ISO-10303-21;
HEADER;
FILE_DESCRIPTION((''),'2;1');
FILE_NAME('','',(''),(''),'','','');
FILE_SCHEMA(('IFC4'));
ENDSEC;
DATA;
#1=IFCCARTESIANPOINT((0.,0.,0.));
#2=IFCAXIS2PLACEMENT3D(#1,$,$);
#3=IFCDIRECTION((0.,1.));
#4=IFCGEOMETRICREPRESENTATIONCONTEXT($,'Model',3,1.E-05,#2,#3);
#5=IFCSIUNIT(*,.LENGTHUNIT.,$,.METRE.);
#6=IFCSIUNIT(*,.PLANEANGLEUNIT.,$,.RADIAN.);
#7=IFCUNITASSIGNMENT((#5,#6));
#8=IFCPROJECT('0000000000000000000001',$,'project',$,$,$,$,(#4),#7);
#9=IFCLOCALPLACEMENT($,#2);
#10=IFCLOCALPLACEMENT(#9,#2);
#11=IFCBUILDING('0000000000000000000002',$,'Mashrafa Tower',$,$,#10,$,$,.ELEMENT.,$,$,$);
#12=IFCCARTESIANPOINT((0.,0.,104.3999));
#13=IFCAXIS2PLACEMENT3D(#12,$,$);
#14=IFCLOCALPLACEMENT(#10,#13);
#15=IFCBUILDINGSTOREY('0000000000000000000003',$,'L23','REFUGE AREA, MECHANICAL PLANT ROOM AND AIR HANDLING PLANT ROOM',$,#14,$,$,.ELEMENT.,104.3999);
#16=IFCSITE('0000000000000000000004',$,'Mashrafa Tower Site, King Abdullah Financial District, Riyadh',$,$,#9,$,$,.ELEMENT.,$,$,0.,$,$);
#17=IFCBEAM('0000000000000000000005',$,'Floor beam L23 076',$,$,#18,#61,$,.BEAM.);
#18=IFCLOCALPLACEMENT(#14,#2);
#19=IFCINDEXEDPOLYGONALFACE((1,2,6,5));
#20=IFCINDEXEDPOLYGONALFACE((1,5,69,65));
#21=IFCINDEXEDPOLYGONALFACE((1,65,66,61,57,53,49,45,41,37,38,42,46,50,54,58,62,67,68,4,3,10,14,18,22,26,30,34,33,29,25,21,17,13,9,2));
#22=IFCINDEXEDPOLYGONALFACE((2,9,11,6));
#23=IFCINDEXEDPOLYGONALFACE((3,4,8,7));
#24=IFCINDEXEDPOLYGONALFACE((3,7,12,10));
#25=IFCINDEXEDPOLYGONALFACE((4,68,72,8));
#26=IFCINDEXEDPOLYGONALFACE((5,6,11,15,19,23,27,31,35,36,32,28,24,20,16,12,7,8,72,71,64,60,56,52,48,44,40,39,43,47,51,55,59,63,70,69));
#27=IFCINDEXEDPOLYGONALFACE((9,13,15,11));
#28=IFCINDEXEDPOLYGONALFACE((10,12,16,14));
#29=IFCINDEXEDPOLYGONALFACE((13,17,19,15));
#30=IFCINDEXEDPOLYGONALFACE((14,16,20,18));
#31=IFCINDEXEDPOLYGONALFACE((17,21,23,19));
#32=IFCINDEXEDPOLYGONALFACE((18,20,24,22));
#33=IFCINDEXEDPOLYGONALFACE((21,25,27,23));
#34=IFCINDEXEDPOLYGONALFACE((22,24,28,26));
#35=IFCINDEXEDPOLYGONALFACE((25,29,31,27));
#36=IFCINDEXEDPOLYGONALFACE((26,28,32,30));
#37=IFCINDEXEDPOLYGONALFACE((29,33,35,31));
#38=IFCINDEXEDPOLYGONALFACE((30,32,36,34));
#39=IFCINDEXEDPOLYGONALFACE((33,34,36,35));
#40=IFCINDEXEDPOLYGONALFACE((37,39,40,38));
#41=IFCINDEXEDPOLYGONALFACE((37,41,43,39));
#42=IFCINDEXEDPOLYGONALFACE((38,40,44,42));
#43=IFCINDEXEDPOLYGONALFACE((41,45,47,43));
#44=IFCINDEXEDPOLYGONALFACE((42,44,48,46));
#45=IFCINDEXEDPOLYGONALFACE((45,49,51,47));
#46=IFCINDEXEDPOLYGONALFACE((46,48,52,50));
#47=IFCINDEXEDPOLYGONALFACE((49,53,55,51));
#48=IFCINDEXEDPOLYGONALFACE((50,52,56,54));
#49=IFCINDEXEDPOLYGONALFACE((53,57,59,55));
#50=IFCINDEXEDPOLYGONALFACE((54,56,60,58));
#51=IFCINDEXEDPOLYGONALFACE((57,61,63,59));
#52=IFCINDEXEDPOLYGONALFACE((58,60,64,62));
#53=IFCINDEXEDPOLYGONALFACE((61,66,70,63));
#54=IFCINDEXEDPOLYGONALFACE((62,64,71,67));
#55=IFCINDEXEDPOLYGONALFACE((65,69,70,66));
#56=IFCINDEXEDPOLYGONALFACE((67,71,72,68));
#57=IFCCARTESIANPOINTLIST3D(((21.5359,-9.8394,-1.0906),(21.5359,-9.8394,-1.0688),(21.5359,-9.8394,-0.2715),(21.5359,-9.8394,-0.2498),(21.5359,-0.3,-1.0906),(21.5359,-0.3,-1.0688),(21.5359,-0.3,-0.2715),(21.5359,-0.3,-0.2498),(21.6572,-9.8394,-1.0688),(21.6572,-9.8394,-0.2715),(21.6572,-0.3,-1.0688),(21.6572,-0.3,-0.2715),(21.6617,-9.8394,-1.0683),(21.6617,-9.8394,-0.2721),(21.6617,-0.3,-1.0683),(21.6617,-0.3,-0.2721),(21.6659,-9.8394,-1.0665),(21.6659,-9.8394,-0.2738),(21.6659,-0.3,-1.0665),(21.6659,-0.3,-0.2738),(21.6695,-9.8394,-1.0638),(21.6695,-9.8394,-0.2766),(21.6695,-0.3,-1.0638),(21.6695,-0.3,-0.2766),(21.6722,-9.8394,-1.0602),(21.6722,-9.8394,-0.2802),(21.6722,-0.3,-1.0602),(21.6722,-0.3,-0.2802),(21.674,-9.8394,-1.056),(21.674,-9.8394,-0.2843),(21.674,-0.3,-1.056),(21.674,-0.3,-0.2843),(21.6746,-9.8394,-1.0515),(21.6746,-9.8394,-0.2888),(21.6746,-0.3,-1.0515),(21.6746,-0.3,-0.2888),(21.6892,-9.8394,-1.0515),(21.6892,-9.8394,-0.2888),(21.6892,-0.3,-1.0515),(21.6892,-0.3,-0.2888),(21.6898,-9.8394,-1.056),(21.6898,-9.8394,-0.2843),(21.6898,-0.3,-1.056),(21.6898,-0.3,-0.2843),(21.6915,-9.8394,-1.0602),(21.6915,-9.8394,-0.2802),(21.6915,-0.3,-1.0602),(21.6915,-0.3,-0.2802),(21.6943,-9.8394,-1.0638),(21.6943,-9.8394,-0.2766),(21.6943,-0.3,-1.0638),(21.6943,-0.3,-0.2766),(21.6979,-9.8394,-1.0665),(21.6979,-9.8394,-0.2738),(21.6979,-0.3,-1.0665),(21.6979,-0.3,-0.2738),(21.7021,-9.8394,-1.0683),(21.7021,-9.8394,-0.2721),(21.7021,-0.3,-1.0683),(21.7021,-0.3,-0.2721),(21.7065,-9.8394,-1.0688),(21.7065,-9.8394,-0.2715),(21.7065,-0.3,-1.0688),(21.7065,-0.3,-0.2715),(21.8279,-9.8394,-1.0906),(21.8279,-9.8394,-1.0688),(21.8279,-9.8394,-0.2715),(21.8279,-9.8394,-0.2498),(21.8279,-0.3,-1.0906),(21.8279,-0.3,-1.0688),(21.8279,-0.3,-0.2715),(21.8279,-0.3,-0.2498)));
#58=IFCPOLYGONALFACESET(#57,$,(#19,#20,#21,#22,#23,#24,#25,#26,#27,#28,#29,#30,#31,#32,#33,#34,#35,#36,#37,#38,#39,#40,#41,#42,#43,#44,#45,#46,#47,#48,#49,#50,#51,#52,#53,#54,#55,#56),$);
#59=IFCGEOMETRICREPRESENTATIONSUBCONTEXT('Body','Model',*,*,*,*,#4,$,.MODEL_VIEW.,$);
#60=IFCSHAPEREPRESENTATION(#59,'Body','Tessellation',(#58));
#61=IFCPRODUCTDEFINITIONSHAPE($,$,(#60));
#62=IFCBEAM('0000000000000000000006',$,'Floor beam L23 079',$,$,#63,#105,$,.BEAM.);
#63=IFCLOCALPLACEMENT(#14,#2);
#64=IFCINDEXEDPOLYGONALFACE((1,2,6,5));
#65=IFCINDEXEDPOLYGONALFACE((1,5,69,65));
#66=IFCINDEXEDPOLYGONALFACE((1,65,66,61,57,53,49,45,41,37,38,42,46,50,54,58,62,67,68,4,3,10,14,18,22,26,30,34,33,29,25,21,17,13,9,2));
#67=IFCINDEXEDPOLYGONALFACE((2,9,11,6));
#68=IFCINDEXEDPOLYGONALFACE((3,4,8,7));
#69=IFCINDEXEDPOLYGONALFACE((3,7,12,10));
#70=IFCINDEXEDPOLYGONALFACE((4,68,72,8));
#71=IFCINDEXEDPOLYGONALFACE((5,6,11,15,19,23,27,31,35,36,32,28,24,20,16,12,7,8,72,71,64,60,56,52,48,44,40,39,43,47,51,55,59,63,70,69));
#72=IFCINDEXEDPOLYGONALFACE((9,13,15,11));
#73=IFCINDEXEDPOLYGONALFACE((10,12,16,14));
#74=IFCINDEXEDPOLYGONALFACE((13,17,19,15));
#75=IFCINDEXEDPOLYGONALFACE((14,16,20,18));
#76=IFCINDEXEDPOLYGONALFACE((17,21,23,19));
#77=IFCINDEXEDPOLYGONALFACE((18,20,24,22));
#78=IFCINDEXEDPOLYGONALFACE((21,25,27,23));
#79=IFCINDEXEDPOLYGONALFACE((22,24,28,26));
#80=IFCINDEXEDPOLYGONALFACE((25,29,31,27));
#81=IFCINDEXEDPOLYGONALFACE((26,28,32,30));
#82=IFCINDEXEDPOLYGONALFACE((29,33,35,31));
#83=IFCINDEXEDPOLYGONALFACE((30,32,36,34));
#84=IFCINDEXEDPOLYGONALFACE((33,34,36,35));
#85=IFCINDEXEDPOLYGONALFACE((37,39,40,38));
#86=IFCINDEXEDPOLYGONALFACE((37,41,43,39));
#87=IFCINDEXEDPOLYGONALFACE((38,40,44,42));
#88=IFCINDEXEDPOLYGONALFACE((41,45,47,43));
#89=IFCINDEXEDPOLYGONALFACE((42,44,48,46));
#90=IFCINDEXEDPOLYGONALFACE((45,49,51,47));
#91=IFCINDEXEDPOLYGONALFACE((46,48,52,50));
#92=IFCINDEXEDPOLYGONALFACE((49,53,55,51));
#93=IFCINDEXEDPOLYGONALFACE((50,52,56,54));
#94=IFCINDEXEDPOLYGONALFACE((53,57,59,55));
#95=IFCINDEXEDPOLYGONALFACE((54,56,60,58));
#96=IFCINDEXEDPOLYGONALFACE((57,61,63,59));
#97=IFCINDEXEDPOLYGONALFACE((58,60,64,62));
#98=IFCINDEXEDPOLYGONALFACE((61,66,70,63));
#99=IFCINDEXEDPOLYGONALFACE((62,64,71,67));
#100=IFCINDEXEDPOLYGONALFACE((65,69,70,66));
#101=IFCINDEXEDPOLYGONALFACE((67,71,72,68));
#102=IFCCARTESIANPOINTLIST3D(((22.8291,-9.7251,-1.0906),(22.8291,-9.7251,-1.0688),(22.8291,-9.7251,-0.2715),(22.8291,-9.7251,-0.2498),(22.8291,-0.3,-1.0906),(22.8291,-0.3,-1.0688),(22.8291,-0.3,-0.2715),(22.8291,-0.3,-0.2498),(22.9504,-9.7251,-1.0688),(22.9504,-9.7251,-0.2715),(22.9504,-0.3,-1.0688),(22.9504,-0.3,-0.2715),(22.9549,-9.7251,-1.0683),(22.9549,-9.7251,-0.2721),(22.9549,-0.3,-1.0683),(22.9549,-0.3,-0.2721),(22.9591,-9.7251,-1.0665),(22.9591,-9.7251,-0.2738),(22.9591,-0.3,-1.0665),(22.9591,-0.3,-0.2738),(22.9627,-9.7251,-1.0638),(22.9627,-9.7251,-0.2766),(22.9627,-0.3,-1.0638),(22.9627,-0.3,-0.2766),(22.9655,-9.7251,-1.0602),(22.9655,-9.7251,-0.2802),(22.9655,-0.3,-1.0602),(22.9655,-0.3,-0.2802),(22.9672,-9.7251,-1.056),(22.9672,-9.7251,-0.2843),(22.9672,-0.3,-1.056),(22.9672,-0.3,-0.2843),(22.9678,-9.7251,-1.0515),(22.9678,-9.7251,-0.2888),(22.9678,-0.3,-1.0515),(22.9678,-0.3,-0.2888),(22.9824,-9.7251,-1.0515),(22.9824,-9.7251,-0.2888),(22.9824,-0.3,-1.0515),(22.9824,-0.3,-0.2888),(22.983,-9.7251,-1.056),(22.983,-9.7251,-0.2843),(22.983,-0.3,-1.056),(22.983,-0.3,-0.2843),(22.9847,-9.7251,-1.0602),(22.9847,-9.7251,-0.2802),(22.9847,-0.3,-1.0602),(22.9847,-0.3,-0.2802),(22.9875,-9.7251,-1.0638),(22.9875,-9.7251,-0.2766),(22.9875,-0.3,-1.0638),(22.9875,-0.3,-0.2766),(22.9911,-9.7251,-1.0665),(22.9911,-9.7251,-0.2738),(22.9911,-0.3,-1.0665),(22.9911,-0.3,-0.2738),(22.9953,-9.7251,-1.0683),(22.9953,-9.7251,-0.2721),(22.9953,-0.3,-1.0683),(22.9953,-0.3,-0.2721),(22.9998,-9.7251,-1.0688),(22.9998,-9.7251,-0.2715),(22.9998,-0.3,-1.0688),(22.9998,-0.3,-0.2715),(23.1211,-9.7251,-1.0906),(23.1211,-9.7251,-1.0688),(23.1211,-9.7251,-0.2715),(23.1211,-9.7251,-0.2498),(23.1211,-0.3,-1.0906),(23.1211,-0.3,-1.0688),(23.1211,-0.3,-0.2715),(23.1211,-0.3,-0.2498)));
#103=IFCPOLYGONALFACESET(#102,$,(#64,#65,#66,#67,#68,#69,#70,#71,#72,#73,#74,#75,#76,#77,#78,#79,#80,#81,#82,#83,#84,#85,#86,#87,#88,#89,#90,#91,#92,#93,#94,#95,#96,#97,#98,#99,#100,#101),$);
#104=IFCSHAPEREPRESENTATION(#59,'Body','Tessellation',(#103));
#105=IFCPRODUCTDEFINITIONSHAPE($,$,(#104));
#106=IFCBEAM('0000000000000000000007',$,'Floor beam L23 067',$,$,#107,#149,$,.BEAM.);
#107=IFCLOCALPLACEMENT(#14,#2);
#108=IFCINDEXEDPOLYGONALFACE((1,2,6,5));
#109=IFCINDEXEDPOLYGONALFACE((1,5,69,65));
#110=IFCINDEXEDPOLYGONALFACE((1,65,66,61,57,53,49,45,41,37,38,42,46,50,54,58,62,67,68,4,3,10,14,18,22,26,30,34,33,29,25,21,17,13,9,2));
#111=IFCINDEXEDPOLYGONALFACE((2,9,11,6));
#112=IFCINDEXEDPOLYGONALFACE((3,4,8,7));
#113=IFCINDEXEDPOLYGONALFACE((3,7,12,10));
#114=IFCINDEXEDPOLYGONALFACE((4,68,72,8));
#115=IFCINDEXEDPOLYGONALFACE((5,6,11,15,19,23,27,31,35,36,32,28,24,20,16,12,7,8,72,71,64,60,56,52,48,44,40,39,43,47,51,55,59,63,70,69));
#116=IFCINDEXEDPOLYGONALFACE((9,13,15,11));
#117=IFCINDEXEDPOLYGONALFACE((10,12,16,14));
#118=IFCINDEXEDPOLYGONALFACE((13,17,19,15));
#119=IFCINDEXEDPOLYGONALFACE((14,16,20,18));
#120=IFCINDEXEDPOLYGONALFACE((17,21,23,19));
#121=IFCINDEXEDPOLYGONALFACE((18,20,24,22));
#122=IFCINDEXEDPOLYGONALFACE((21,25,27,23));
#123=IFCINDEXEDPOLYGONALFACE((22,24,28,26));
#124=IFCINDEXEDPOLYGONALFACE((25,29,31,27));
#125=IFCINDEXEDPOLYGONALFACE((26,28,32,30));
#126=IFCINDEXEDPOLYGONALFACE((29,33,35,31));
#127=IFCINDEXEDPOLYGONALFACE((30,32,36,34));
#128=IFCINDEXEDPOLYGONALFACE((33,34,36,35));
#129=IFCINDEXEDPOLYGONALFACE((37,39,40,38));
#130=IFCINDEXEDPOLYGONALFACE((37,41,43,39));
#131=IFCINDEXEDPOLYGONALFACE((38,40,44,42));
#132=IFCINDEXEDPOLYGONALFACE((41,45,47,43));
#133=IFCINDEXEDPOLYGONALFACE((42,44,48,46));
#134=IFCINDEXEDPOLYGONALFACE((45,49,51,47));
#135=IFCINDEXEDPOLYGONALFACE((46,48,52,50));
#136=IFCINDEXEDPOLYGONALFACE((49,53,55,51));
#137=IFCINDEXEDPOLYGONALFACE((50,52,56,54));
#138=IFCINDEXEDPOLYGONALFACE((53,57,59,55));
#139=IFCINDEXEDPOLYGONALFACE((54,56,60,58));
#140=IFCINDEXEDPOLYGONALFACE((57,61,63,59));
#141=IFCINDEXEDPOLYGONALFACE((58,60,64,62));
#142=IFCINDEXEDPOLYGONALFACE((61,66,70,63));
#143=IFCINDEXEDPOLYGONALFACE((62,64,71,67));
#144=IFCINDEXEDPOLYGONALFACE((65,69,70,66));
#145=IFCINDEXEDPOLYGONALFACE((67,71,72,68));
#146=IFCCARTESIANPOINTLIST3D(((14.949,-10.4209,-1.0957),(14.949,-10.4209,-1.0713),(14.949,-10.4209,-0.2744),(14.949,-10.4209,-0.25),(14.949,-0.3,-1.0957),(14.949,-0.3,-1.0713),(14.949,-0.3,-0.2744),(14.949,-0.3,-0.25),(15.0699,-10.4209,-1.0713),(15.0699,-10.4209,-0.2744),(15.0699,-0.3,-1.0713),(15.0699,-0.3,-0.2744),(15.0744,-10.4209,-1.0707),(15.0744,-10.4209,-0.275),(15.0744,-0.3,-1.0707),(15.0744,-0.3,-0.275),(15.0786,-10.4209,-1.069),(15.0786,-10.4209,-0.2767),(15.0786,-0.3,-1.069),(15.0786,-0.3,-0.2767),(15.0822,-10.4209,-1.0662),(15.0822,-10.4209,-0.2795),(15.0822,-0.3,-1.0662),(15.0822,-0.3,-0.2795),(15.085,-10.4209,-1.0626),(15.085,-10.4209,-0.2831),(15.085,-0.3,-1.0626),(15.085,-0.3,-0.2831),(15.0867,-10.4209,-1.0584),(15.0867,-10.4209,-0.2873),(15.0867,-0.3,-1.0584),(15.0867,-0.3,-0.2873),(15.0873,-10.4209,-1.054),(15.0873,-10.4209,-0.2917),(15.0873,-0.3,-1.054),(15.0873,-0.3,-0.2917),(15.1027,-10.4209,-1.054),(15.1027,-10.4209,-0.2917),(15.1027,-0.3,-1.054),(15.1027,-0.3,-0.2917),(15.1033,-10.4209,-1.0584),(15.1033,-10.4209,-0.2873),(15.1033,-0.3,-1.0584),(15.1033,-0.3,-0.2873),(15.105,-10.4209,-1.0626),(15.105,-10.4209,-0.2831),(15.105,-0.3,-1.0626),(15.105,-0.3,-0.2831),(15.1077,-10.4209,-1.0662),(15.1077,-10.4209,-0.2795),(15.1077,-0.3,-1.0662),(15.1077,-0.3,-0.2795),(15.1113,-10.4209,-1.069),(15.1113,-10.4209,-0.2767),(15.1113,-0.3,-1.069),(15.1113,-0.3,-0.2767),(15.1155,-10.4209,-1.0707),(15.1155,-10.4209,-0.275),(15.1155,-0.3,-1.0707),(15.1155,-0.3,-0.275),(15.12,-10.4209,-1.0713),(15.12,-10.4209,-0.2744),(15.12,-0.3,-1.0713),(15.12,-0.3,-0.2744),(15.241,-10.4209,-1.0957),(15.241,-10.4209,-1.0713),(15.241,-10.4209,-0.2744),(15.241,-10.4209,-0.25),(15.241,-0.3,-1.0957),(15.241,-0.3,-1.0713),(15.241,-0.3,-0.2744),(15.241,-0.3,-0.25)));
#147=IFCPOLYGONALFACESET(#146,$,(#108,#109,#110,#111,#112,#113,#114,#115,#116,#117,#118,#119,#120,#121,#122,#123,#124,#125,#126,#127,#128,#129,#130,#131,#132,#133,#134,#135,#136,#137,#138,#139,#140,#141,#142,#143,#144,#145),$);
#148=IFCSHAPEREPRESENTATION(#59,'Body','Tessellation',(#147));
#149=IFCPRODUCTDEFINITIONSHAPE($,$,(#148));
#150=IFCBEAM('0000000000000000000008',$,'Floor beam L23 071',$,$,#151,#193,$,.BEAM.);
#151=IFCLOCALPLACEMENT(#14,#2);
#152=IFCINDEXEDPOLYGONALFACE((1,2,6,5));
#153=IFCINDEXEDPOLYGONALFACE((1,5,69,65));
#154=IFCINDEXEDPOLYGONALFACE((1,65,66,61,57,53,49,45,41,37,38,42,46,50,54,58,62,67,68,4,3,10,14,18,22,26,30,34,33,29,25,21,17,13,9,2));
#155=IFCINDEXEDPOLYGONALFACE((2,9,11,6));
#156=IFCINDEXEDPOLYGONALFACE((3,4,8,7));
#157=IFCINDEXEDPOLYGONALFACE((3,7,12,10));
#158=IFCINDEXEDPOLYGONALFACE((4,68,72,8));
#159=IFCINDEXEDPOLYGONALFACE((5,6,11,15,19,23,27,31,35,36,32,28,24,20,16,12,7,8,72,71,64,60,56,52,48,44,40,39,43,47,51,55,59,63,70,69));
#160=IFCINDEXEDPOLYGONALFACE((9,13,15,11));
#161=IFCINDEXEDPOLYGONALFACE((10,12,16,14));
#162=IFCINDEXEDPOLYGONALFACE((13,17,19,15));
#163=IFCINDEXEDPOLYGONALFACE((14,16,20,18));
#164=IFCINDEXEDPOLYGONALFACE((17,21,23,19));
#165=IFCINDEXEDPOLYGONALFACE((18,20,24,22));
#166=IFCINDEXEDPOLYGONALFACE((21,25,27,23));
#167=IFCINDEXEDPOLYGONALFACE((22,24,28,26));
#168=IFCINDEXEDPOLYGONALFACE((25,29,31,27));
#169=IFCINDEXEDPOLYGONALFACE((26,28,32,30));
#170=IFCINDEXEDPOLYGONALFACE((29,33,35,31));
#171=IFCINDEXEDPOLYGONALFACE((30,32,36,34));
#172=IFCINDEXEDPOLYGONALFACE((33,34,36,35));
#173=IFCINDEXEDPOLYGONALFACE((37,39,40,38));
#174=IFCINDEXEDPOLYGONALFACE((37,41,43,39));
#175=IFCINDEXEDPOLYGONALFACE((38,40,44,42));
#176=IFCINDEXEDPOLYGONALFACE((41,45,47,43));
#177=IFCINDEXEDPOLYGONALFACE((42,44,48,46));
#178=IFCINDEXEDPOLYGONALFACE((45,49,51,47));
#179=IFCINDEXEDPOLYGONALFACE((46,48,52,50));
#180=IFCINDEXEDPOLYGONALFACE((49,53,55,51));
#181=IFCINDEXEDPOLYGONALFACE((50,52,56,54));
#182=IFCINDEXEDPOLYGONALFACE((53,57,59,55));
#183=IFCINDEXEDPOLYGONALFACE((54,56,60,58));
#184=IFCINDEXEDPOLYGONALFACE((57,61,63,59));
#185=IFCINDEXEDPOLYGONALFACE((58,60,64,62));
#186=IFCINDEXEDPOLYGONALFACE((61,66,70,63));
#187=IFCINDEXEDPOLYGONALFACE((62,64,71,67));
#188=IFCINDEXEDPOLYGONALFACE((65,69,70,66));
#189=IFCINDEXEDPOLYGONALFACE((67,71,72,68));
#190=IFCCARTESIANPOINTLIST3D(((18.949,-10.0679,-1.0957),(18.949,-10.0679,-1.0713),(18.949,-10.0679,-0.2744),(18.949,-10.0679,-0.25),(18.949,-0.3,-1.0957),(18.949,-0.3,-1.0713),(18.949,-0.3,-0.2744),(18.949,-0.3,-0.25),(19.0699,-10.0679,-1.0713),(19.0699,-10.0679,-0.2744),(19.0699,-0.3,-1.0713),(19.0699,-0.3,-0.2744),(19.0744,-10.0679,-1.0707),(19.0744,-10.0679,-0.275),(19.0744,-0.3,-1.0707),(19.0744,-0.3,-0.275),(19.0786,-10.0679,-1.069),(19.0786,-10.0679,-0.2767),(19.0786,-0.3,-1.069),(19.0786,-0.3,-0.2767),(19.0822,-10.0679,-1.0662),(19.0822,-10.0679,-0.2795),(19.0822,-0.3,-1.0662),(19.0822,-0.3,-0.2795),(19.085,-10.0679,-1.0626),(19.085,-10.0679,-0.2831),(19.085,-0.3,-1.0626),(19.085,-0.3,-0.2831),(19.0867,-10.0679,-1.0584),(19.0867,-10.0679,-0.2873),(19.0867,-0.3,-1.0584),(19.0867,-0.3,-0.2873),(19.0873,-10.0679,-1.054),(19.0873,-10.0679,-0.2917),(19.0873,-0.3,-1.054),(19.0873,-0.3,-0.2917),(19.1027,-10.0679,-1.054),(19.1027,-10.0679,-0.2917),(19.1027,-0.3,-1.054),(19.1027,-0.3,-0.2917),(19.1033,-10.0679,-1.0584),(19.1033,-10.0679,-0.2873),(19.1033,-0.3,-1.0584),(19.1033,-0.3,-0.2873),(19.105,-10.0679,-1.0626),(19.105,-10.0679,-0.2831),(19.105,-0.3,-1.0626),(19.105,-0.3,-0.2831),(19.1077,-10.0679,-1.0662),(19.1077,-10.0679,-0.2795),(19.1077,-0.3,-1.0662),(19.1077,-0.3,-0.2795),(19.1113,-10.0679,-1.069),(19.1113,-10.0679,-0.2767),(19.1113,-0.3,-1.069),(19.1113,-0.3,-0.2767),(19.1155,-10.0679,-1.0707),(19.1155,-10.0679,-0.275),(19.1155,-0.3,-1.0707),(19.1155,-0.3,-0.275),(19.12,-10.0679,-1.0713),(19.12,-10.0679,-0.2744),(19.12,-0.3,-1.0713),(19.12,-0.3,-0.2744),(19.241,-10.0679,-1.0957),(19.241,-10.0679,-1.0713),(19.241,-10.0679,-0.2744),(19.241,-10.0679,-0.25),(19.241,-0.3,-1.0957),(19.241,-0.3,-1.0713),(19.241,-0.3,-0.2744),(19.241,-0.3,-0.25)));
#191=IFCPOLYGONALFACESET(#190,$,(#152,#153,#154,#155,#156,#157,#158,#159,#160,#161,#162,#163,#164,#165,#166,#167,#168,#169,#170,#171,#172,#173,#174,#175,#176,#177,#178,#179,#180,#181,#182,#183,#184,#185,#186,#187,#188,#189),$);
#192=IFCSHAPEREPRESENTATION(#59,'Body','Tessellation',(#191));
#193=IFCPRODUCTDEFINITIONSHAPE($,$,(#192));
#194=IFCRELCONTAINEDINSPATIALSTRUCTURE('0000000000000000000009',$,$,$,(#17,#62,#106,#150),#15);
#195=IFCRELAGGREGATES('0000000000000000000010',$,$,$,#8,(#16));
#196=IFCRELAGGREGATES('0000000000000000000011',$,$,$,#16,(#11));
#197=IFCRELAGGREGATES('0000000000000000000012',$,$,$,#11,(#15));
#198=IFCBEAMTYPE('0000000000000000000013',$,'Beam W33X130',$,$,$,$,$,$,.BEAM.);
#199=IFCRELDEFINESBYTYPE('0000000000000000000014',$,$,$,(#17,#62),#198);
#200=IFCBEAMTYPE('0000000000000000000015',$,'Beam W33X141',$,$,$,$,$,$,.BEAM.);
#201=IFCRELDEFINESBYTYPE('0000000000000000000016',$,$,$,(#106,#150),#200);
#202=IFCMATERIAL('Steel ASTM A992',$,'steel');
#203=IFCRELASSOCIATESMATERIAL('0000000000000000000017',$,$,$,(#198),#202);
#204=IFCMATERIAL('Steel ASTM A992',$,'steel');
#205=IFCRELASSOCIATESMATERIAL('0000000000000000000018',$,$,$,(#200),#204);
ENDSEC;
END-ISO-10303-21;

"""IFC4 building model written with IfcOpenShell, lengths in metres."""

from ifc_helpers import new_model, si_unit, direction, frame, origin, origin_2d, place, context, subcontext, project, spatial, i_section, extrude, material, material_profile, profile_set, type_object, element, save


model = new_model("IFC4")

# Units and contexts
model_context = context("Model", 3, precision=1e-05, world=origin(), true_north=direction((0.0, 1.0)))
body_context = subcontext(model_context, "Body", "Model", "MODEL_VIEW")
ifc_project = project(units=[si_unit("LENGTHUNIT", "METRE"), si_unit("PLANEANGLEUNIT", "RADIAN")], contexts=[model_context])

# Site, building, storey
site_placement = place(None, origin())
site = spatial("IfcSite", under=ifc_project, at=site_placement, Name="Mashrafa Tower Site, King Abdullah Financial District, Riyadh", CompositionType="ELEMENT", RefElevation=0.0)
building_placement = place(site_placement, origin())
building = spatial("IfcBuilding", under=site, at=building_placement, Name="Mashrafa Tower", CompositionType="ELEMENT")
storey_placement = place(building_placement, frame((0.0, 0.0, 104.3999)))
storey = spatial("IfcBuildingStorey", under=building, at=storey_placement, Name="L23", Description="REFUGE AREA, MECHANICAL PLANT ROOM AND AIR HANDLING PLANT ROOM", CompositionType="ELEMENT", Elevation=104.3999)

# Beams
ifc_material_1 = material(Name="Steel ASTM A992", Category="steel")
ifc_material_profile_1 = material_profile(ifc_material_1, i_section(OverallWidth=0.292, OverallDepth=0.8408, WebThickness=0.0146, FlangeThickness=0.0217, FilletRadius=0.0173, at=origin_2d()), Name="W33X130")
ifc_profile_set_1 = profile_set([ifc_material_profile_1], Name="Steel ASTM A992")
beam_type_1 = type_object("IfcBeamType", Name="Beam W33X130", PredefinedType="BEAM", material=ifc_profile_set_1)
beam_1_placement = place(storey_placement, frame((21.6819, -0.3, -0.6702), z_axis=(0.0, -1.0, 0.0), x_axis=(1.0, 0.0, 0.0)))
element("IfcBeam", 1, at=beam_1_placement, inside=storey, type_object=beam_type_1, Name="Floor beam L23 076", PredefinedType="BEAM", context=body_context, shape_type="SweptSolid", body=[
    extrude(i_section(OverallWidth=0.292, OverallDepth=0.8408, WebThickness=0.0146, FlangeThickness=0.0217, FilletRadius=0.0173, at=origin_2d()), origin(), (0.0, 0.0, 1.0), 9.5393),
])
beam_2_placement = place(storey_placement, frame((22.9751, -0.3, -0.6702), z_axis=(0.0, -1.0, 0.0), x_axis=(1.0, 0.0, 0.0)))
element("IfcBeam", 2, at=beam_2_placement, inside=storey, type_object=beam_type_1, Name="Floor beam L23 079", PredefinedType="BEAM", context=body_context, shape_type="SweptSolid", body=[
    extrude(i_section(OverallWidth=0.292, OverallDepth=0.8408, WebThickness=0.0146, FlangeThickness=0.0217, FilletRadius=0.0173, at=origin_2d()), origin(), (0.0, 0.0, 1.0), 9.425),
])
ifc_material_2 = material(Name="Steel ASTM A992", Category="steel")
ifc_material_profile_2 = material_profile(ifc_material_2, i_section(OverallWidth=0.292, OverallDepth=0.8457, WebThickness=0.0154, FlangeThickness=0.0244, FilletRadius=0.0173, at=origin_2d()), Name="W33X141")
ifc_profile_set_2 = profile_set([ifc_material_profile_2], Name="Steel ASTM A992")
beam_type_2 = type_object("IfcBeamType", Name="Beam W33X141", PredefinedType="BEAM", material=ifc_profile_set_2)
beam_3_placement = place(storey_placement, frame((15.095, -0.3, -0.6729), z_axis=(0.0, -1.0, 0.0), x_axis=(1.0, 0.0, 0.0)))
element("IfcBeam", 3, at=beam_3_placement, inside=storey, type_object=beam_type_2, Name="Floor beam L23 067", PredefinedType="BEAM", context=body_context, shape_type="SweptSolid", body=[
    extrude(i_section(OverallWidth=0.292, OverallDepth=0.8457, WebThickness=0.0154, FlangeThickness=0.0244, FilletRadius=0.0173, at=origin_2d()), origin(), (0.0, 0.0, 1.0), 10.1208),
])
beam_4_placement = place(storey_placement, frame((19.095, -0.3, -0.6729), z_axis=(0.0, -1.0, 0.0), x_axis=(1.0, 0.0, 0.0)))
element("IfcBeam", 4, at=beam_4_placement, inside=storey, type_object=beam_type_2, Name="Floor beam L23 071", PredefinedType="BEAM", context=body_context, shape_type="SweptSolid", body=[
    extrude(i_section(OverallWidth=0.292, OverallDepth=0.8457, WebThickness=0.0154, FlangeThickness=0.0244, FilletRadius=0.0173, at=origin_2d()), origin(), (0.0, 0.0, 1.0), 9.7678),
])

save(model, "model.ifc")
